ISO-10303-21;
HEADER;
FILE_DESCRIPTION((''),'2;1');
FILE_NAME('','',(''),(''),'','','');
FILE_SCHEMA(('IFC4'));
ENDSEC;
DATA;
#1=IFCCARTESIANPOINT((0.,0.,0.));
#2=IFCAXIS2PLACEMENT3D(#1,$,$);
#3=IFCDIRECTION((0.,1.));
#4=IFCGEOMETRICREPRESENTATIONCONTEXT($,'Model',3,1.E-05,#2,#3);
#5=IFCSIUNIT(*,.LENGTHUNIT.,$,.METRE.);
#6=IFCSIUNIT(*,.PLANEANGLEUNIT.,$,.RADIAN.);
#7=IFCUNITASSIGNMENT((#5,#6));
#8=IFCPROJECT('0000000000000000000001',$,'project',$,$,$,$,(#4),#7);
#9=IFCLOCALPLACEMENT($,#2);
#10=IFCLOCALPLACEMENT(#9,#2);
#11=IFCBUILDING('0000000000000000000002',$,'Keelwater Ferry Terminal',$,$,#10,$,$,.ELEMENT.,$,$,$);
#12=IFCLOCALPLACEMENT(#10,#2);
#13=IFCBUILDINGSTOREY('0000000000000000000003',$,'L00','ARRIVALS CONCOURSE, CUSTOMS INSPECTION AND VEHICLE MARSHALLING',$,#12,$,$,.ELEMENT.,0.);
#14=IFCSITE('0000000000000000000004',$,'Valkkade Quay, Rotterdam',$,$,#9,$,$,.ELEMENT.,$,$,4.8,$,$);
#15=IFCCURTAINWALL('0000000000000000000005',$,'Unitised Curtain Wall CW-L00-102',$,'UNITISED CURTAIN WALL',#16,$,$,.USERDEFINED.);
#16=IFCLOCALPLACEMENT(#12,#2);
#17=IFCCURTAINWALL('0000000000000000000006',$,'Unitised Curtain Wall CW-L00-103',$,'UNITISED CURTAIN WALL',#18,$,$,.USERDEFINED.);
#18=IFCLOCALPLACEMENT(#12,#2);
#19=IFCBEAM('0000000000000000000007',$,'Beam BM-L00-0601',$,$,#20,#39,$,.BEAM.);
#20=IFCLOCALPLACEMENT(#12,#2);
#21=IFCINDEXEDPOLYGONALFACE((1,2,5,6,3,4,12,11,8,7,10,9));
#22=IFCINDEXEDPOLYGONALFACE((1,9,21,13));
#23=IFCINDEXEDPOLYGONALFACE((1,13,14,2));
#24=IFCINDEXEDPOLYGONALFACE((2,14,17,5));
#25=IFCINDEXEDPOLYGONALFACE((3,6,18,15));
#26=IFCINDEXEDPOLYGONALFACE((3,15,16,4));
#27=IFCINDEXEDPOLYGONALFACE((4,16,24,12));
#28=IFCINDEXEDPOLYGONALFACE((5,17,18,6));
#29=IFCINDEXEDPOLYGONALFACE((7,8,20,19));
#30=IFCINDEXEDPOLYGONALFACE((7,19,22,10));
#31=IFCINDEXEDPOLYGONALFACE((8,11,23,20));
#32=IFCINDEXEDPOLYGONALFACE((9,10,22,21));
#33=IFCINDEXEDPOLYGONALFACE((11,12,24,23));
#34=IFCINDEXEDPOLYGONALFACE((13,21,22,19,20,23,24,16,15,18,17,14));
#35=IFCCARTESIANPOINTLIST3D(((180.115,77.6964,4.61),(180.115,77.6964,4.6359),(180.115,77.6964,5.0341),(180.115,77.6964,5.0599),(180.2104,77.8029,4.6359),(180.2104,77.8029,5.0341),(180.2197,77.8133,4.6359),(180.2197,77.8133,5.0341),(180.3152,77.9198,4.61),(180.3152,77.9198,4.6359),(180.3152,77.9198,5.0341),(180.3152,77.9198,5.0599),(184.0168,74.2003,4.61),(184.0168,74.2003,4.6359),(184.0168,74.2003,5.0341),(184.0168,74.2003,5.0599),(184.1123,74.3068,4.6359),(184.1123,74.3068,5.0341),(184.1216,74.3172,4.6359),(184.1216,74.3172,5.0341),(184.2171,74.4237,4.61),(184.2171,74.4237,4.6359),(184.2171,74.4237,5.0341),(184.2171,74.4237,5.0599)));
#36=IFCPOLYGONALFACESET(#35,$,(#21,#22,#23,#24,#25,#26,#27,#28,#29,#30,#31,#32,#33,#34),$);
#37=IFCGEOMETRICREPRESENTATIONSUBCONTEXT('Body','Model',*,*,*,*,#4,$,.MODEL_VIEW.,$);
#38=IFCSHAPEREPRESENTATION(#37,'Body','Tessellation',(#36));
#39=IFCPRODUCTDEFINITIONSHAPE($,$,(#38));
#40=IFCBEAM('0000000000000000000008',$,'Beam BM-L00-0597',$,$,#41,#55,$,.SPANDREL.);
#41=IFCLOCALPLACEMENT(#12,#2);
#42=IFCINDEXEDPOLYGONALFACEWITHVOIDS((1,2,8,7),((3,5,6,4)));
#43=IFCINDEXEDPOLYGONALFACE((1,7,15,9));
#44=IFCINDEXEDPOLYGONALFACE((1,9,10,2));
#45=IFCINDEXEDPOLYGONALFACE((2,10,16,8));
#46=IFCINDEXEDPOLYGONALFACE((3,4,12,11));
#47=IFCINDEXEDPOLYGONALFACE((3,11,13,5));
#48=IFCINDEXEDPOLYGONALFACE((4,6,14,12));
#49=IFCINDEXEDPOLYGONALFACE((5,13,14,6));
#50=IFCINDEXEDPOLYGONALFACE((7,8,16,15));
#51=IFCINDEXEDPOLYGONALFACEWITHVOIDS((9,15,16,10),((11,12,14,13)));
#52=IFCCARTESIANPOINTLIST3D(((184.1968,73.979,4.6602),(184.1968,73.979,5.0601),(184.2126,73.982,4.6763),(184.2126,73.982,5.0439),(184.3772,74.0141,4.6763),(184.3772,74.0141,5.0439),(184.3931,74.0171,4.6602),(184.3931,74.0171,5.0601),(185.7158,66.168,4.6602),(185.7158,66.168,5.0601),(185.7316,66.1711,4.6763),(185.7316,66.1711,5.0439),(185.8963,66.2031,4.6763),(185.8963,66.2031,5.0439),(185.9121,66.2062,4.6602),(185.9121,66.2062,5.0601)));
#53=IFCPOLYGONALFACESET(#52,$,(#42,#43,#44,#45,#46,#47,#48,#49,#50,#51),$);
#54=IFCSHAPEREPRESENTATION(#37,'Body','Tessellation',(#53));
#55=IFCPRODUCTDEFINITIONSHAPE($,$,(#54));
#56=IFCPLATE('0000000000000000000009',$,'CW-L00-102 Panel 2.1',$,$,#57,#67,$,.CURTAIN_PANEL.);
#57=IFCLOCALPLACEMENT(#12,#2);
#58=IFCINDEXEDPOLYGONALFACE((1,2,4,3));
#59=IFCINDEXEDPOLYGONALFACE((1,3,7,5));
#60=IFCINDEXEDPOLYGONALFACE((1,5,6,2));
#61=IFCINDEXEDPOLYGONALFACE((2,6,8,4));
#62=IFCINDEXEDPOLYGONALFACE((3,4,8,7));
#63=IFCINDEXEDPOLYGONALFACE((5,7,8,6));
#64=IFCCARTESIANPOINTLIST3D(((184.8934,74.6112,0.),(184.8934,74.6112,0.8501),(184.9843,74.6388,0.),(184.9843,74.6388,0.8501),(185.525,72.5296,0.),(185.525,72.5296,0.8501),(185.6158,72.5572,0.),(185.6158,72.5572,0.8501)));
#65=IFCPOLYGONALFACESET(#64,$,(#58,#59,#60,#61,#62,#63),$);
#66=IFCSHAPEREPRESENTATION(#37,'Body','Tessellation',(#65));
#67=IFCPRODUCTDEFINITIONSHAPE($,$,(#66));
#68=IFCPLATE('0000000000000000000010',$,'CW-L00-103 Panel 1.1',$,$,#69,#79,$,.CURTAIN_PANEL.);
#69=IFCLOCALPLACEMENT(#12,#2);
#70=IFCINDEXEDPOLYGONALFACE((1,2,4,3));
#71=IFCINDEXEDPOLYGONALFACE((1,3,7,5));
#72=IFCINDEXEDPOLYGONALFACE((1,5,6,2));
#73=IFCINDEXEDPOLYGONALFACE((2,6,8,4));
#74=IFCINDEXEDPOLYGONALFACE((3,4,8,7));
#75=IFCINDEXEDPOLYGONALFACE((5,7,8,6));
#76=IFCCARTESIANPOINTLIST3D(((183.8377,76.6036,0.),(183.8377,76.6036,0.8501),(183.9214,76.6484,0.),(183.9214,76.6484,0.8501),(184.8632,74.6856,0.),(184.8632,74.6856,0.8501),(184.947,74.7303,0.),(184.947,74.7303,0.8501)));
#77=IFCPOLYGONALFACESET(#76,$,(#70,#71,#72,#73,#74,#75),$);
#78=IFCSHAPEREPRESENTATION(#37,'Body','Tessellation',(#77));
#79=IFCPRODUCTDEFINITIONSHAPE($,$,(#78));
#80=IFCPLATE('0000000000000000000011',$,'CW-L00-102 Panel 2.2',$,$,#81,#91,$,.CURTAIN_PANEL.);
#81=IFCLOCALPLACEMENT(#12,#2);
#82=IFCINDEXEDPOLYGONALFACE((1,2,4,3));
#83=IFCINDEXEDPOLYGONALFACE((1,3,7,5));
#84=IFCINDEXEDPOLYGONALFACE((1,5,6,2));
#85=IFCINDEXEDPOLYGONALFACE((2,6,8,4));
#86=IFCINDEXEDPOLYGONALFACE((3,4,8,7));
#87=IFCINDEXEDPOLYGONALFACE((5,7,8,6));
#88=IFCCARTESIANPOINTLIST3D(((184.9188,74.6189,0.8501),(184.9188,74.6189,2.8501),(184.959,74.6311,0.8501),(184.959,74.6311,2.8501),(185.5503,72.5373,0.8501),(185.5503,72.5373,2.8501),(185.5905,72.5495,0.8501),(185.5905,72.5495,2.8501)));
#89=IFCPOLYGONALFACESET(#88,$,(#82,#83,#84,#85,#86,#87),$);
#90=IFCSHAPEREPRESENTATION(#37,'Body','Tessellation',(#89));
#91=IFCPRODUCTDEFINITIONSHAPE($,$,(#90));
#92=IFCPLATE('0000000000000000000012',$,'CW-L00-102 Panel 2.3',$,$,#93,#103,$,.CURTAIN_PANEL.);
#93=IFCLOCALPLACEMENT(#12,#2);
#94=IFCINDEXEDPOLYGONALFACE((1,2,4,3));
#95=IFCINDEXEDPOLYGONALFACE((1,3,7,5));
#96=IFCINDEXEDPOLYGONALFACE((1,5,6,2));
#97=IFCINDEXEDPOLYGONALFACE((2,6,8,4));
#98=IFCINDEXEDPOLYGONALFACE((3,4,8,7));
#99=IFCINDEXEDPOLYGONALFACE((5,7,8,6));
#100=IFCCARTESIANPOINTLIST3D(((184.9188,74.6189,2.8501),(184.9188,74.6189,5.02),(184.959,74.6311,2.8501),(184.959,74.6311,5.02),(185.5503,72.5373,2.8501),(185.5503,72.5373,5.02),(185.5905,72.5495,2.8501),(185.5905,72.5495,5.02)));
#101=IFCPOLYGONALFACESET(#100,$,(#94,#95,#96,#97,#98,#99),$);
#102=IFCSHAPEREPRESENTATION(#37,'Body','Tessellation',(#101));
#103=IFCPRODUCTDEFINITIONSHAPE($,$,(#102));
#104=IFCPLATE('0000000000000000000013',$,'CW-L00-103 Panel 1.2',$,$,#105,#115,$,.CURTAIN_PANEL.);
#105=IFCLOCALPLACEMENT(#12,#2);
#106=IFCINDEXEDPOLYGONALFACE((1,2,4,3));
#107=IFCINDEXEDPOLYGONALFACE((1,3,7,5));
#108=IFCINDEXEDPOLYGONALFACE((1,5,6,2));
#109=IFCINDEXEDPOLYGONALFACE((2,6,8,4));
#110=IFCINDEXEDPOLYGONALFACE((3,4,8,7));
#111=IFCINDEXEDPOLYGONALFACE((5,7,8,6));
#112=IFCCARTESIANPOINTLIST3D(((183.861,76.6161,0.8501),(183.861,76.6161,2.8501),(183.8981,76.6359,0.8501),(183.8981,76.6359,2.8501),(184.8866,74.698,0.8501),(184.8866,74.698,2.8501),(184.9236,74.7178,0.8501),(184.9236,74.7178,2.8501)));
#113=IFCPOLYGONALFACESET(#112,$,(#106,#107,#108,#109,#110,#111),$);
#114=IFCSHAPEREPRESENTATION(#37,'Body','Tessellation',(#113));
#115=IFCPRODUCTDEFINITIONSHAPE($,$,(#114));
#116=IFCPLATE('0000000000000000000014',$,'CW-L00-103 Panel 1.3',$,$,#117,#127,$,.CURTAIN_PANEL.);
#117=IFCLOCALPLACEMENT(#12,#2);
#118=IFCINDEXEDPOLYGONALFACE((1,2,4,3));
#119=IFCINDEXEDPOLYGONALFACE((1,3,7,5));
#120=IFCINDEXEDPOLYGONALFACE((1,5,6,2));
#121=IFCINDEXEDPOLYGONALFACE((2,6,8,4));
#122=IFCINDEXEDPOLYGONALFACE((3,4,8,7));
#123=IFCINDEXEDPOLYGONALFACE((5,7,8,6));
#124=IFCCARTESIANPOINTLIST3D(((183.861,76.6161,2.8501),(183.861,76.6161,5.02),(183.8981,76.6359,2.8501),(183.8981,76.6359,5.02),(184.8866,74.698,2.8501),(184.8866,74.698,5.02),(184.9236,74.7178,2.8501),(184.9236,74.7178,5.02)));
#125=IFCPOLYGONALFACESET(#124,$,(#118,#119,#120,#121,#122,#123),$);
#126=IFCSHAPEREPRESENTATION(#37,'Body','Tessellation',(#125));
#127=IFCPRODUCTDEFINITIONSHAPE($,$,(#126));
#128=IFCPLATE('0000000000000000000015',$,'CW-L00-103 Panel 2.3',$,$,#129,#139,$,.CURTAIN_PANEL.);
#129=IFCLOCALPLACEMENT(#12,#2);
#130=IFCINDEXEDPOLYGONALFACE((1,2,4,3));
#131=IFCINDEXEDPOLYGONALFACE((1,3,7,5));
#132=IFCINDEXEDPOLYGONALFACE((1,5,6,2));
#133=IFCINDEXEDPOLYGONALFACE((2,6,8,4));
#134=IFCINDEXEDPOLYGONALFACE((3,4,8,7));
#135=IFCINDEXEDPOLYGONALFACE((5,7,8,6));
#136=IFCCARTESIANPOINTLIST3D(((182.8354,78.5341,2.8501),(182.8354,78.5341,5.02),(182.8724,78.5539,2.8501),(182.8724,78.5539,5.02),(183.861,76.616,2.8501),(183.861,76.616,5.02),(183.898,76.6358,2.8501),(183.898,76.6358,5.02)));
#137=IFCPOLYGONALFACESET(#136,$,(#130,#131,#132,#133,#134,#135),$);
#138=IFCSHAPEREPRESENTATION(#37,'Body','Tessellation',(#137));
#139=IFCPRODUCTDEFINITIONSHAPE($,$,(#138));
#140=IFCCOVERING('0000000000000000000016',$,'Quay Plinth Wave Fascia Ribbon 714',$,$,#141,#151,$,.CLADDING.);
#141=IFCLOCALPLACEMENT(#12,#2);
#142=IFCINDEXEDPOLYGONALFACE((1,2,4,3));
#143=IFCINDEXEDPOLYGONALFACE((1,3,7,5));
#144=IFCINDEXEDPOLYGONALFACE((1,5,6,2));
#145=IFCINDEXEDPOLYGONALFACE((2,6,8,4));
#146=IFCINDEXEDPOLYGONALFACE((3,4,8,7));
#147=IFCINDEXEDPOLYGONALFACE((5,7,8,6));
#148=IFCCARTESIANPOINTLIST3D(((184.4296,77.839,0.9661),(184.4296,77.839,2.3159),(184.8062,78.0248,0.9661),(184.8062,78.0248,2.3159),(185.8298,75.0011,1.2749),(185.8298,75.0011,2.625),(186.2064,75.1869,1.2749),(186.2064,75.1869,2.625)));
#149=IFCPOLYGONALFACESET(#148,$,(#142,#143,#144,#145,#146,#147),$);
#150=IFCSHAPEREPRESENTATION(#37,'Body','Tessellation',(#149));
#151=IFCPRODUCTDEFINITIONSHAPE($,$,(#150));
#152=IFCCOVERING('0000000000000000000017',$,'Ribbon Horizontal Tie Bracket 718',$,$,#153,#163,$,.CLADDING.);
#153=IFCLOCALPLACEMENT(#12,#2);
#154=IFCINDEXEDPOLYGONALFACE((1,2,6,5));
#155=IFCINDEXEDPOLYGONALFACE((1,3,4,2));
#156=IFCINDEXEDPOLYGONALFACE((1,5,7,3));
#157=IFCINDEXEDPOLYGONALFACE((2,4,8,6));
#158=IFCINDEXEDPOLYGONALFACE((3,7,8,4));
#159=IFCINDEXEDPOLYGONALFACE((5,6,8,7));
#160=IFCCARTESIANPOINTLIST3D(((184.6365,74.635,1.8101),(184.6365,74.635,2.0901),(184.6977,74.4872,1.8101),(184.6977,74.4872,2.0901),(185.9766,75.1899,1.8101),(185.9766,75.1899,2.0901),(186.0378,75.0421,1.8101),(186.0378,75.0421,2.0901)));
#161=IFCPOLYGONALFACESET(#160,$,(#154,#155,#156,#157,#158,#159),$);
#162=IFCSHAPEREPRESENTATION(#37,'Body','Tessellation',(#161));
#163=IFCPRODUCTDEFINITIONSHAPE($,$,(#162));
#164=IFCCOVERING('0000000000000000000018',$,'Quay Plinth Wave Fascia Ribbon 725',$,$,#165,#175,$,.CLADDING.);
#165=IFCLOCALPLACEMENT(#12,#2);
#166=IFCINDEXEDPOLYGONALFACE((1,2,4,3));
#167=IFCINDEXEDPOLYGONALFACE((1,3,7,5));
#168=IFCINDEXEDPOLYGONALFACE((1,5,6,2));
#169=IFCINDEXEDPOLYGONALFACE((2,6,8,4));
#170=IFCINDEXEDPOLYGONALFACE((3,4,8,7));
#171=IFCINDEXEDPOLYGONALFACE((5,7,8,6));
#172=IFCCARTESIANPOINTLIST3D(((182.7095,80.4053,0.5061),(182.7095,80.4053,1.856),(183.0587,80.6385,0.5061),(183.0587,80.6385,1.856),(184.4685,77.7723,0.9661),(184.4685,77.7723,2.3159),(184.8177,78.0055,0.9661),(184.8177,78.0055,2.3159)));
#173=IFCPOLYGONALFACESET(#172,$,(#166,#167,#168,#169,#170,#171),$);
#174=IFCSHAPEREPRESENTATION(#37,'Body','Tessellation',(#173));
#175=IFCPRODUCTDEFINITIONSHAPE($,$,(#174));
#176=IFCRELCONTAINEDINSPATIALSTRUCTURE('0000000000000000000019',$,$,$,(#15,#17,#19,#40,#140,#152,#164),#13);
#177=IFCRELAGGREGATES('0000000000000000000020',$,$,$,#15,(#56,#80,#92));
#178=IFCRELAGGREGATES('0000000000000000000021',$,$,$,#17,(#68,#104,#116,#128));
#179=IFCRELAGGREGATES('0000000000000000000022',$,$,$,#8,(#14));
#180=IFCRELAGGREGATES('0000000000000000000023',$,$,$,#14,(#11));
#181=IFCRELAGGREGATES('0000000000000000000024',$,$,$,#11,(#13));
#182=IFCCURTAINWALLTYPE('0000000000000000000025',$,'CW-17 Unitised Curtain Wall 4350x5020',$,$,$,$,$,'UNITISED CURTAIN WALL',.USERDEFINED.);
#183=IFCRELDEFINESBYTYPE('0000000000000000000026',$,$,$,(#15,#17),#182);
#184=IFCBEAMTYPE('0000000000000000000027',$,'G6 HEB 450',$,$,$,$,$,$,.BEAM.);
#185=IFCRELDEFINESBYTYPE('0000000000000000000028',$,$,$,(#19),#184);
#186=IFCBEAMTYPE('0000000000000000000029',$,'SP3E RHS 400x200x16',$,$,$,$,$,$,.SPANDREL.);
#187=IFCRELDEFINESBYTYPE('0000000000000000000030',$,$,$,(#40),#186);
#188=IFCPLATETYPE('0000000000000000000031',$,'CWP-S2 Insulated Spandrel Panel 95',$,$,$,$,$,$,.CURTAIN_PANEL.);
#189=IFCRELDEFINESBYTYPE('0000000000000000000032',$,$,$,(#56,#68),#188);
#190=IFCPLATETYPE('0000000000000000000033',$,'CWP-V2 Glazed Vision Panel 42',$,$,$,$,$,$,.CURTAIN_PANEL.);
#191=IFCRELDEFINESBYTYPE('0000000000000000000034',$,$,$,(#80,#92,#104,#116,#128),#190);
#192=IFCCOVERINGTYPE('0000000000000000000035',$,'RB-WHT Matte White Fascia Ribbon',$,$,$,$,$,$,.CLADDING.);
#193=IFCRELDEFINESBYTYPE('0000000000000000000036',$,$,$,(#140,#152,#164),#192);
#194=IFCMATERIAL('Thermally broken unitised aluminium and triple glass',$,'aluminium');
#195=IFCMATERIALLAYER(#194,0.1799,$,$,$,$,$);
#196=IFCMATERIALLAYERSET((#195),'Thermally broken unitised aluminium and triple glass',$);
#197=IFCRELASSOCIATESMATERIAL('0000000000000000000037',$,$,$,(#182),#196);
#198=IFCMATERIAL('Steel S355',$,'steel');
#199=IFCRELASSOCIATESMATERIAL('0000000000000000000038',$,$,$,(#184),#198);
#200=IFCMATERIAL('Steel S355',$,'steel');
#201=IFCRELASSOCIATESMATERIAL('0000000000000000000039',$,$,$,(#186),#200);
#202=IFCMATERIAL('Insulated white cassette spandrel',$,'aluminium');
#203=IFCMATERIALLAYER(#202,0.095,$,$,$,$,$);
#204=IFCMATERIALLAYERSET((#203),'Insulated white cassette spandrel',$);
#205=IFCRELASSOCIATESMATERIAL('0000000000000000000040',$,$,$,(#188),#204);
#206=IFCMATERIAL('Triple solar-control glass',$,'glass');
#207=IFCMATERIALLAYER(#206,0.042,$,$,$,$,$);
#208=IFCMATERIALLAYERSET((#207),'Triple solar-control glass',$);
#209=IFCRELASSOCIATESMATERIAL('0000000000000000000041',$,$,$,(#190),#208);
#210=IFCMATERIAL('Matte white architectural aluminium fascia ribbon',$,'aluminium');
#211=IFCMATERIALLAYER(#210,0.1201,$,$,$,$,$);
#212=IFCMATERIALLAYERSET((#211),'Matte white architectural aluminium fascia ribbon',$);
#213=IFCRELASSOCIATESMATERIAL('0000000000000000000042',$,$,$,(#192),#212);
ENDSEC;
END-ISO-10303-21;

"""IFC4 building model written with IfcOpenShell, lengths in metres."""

from ifc_helpers import new_model, si_unit, direction, frame, frame_2d, origin, origin_2d, place, context, subcontext, project, spatial, polyline, rectangle, hollow_rectangle, i_section, outline, extrude, material, layer, layer_set, material_profile, profile_set, type_object, element, aggregate, save


model = new_model("IFC4")

# Units and contexts
model_context = context("Model", 3, precision=1e-05, world=origin(), true_north=direction((0.0, 1.0)))
body_context = subcontext(model_context, "Body", "Model", "MODEL_VIEW")
ifc_project = project(units=[si_unit("LENGTHUNIT", "METRE"), si_unit("PLANEANGLEUNIT", "RADIAN")], contexts=[model_context])

# Site, building, storey
site_placement = place(None, origin())
site = spatial("IfcSite", under=ifc_project, at=site_placement, Name="Valkkade Quay, Rotterdam", CompositionType="ELEMENT", RefElevation=4.8)
building_placement = place(site_placement, origin())
building = spatial("IfcBuilding", under=site, at=building_placement, Name="Keelwater Ferry Terminal", CompositionType="ELEMENT")
storey_placement = place(building_placement, origin())
storey = spatial("IfcBuildingStorey", under=building, at=storey_placement, Name="L00", Description="ARRIVALS CONCOURSE, CUSTOMS INSPECTION AND VEHICLE MARSHALLING", CompositionType="ELEMENT", Elevation=0.0)

# Curtain walls
ifc_material_1 = material(Name="Thermally broken unitised aluminium and triple glass", Category="aluminium")
ifc_layer_1 = layer(ifc_material_1, 0.1799)
ifc_layer_set_1 = layer_set([ifc_layer_1], Name="Thermally broken unitised aluminium and triple glass")
curtain_wall_type = type_object("IfcCurtainWallType", Name="CW-17 Unitised Curtain Wall 4350x5020", ElementType="UNITISED CURTAIN WALL", PredefinedType="USERDEFINED", material=ifc_layer_set_1)
curtain_wall_1_placement = place(storey_placement, origin())
curtain_wall_1 = element("IfcCurtainWall", 1, at=curtain_wall_1_placement, inside=storey, type_object=curtain_wall_type, Name="Unitised Curtain Wall CW-L00-102", ObjectType="UNITISED CURTAIN WALL", PredefinedType="USERDEFINED")
curtain_wall_2_placement = place(storey_placement, origin())
curtain_wall_2 = element("IfcCurtainWall", 2, at=curtain_wall_2_placement, inside=storey, type_object=curtain_wall_type, Name="Unitised Curtain Wall CW-L00-103", ObjectType="UNITISED CURTAIN WALL", PredefinedType="USERDEFINED")

# Beams
ifc_material_2 = material(Name="Steel S355", Category="steel")
ifc_material_profile_1 = material_profile(ifc_material_2, i_section(OverallWidth=0.3, OverallDepth=0.45, WebThickness=0.0139, FlangeThickness=0.0259, at=origin_2d()), Name="HEB 450")
ifc_profile_set_1 = profile_set([ifc_material_profile_1], Name="Steel S355")
beam_type_1 = type_object("IfcBeamType", Name="G6 HEB 450", PredefinedType="BEAM", material=ifc_profile_set_1)
beam_1_placement = place(storey_placement, frame((184.1169, 74.312, 4.835), z_axis=(-0.744771, 0.66732, 0.0), x_axis=(-0.66732, -0.744771, 0.0)))
element("IfcBeam", 3, at=beam_1_placement, inside=storey, type_object=beam_type_1, Name="Beam BM-L00-0601", PredefinedType="BEAM", context=body_context, shape_type="SweptSolid", body=[
    extrude(i_section(OverallWidth=0.3, OverallDepth=0.45, WebThickness=0.0139, FlangeThickness=0.0259, at=origin_2d()), origin(), (0.0, 0.0, 1.0), 5.239),
])
ifc_material_3 = material(Name="Steel S355", Category="steel")
ifc_material_profile_2 = material_profile(ifc_material_3, hollow_rectangle(XDim=0.2, YDim=0.3999, WallThickness=0.0161, at=origin_2d()), Name="RHS 400x200x16")
ifc_profile_set_2 = profile_set([ifc_material_profile_2], Name="Steel S355")
beam_type_2 = type_object("IfcBeamType", Name="SP3E RHS 400x200x16", PredefinedType="SPANDREL", material=ifc_profile_set_2)
beam_2_placement = place(storey_placement, frame((184.2949, 73.998, 4.8601), z_axis=(0.190898, -0.98161, 0.0), x_axis=(0.98161, 0.190898, 0.0)))
element("IfcBeam", 4, at=beam_2_placement, inside=storey, type_object=beam_type_2, Name="Beam BM-L00-0597", PredefinedType="SPANDREL", context=body_context, shape_type="SweptSolid", body=[
    extrude(hollow_rectangle(XDim=0.2, YDim=0.3999, WallThickness=0.0161, at=origin_2d()), origin(), (0.0, 0.0, 1.0), 7.9573),
])

# Plates
ifc_material_4 = material(Name="Insulated white cassette spandrel", Category="aluminium")
ifc_layer_2 = layer(ifc_material_4, 0.095)
ifc_layer_set_2 = layer_set([ifc_layer_2], Name="Insulated white cassette spandrel")
plate_type_1 = type_object("IfcPlateType", Name="CWP-S2 Insulated Spandrel Panel 95", PredefinedType="CURTAIN_PANEL", material=ifc_layer_set_2)
plate_1_placement = place(storey_placement, frame((185.2546, 73.5842, 0.0), z_axis=(0.0, 0.0, 1.0), x_axis=(-0.29032, 0.95693, 0.0)))
plate_1 = element("IfcPlate", 5, at=plate_1_placement, type_object=plate_type_1, Name="CW-L00-102 Panel 2.1", PredefinedType="CURTAIN_PANEL", context=body_context, shape_type="SweptSolid", body=[
    extrude(rectangle(XDim=2.1753, YDim=0.095, at=origin_2d()), origin(), (0.0, 0.0, 1.0), 0.8501),
])
plate_2_placement = place(storey_placement, frame((184.3923, 75.667, 0.0), z_axis=(0.0, 0.0, 1.0), x_axis=(-0.471507, 0.881862, 0.0)))
plate_2 = element("IfcPlate", 6, at=plate_2_placement, type_object=plate_type_1, Name="CW-L00-103 Panel 1.1", PredefinedType="CURTAIN_PANEL", context=body_context, shape_type="SweptSolid", body=[
    extrude(rectangle(XDim=2.175, YDim=0.095, at=origin_2d()), origin(), (0.0, 0.0, 1.0), 0.8501),
])
ifc_material_5 = material(Name="Triple solar-control glass", Category="glass")
ifc_layer_3 = layer(ifc_material_5, 0.042)
ifc_layer_set_3 = layer_set([ifc_layer_3], Name="Triple solar-control glass")
plate_type_2 = type_object("IfcPlateType", Name="CWP-V2 Glazed Vision Panel 42", PredefinedType="CURTAIN_PANEL", material=ifc_layer_set_3)
plate_3_placement = place(storey_placement, frame((185.2546, 73.5842, 0.8501), z_axis=(0.0, 0.0, 1.0), x_axis=(-0.29032, 0.95693, 0.0)))
plate_3 = element("IfcPlate", 7, at=plate_3_placement, type_object=plate_type_2, Name="CW-L00-102 Panel 2.2", PredefinedType="CURTAIN_PANEL", context=body_context, shape_type="SweptSolid", body=[
    extrude(rectangle(XDim=2.1753, YDim=0.042, at=origin_2d()), origin(), (0.0, 0.0, 1.0), 2.0),
])
plate_4_placement = place(storey_placement, frame((185.2546, 73.5842, 2.8501), z_axis=(0.0, 0.0, 1.0), x_axis=(-0.29032, 0.95693, 0.0)))
plate_4 = element("IfcPlate", 8, at=plate_4_placement, type_object=plate_type_2, Name="CW-L00-102 Panel 2.3", PredefinedType="CURTAIN_PANEL", context=body_context, shape_type="SweptSolid", body=[
    extrude(rectangle(XDim=2.1753, YDim=0.042, at=origin_2d()), origin(), (0.0, 0.0, 1.0), 2.1699),
])
aggregate(curtain_wall_1, [plate_1, plate_3, plate_4])
plate_5_placement = place(storey_placement, frame((184.3923, 75.667, 0.8501), z_axis=(0.0, 0.0, 1.0), x_axis=(-0.471507, 0.881862, 0.0)))
plate_5 = element("IfcPlate", 9, at=plate_5_placement, type_object=plate_type_2, Name="CW-L00-103 Panel 1.2", PredefinedType="CURTAIN_PANEL", context=body_context, shape_type="SweptSolid", body=[
    extrude(rectangle(XDim=2.175, YDim=0.042, at=origin_2d()), origin(), (0.0, 0.0, 1.0), 2.0),
])
plate_6_placement = place(storey_placement, frame((184.3923, 75.667, 2.8501), z_axis=(0.0, 0.0, 1.0), x_axis=(-0.471507, 0.881862, 0.0)))
plate_6 = element("IfcPlate", 10, at=plate_6_placement, type_object=plate_type_2, Name="CW-L00-103 Panel 1.3", PredefinedType="CURTAIN_PANEL", context=body_context, shape_type="SweptSolid", body=[
    extrude(rectangle(XDim=2.175, YDim=0.042, at=origin_2d()), origin(), (0.0, 0.0, 1.0), 2.1699),
])
plate_7_placement = place(storey_placement, frame((183.3667, 77.585, 2.8501), z_axis=(0.0, 0.0, 1.0), x_axis=(-0.471507, 0.881862, 0.0)))
plate_7 = element("IfcPlate", 11, at=plate_7_placement, type_object=plate_type_2, Name="CW-L00-103 Panel 2.3", PredefinedType="CURTAIN_PANEL", context=body_context, shape_type="SweptSolid", body=[
    extrude(rectangle(XDim=2.175, YDim=0.042, at=origin_2d()), origin(), (0.0, 0.0, 1.0), 2.1699),
])
aggregate(curtain_wall_2, [plate_2, plate_5, plate_6, plate_7])

# Coverings
ifc_material_6 = material(Name="Matte white architectural aluminium fascia ribbon", Category="aluminium")
ifc_layer_4 = layer(ifc_material_6, 0.1201)
ifc_layer_set_4 = layer_set([ifc_layer_4], Name="Matte white architectural aluminium fascia ribbon")
covering_type = type_object("IfcCoveringType", Name="RB-WHT Matte White Fascia Ribbon", PredefinedType="CLADDING", material=ifc_layer_set_4)
covering_1_placement = place(storey_placement, frame((186.0181, 75.094, 0.9661), z_axis=(0.0, 0.0, 1.0), x_axis=(-0.442455, 0.896791, 0.0)))
element("IfcCovering", 12, at=covering_1_placement, inside=storey, type_object=covering_type, Name="Quay Plinth Wave Fascia Ribbon 714", PredefinedType="CLADDING", context=body_context, shape_type="SweptSolid", body=[
    extrude(outline(polyline([(0.0, 0.3088), (3.1646, 0.0), (3.1646, 1.3499), (0.0, 1.6589), (0.0, 0.3088)])), frame((0.0, 0.21, 0.0), z_axis=(0.0, -1.0, 0.0), x_axis=(1.0, 0.0, 0.0)), (0.0, 0.0, 1.0), 0.4199),
])
covering_2_placement = place(storey_placement, frame((186.0071, 75.116, 1.8101), z_axis=(0.0, 0.0, 1.0), x_axis=(-0.923916, -0.382595, 0.0)))
element("IfcCovering", 13, at=covering_2_placement, inside=storey, type_object=covering_type, Name="Ribbon Horizontal Tie Bracket 718", PredefinedType="CLADDING", context=body_context, shape_type="SweptSolid", body=[
    extrude(rectangle(XDim=1.4504, YDim=0.1599, at=frame_2d((0.7251, 0.0))), origin(), (0.0, 0.0, 1.0), 0.28),
])
covering_3_placement = place(storey_placement, frame((184.6431, 77.8889, 0.5061), z_axis=(0.0, 0.0, 1.0), x_axis=(-0.555501, 0.831516, 0.0)))
element("IfcCovering", 14, at=covering_3_placement, inside=storey, type_object=covering_type, Name="Quay Plinth Wave Fascia Ribbon 725", PredefinedType="CLADDING", context=body_context, shape_type="SweptSolid", body=[
    extrude(outline(polyline([(0.0, 0.46), (3.1665, 0.0), (3.1665, 1.3499), (0.0, 1.8098), (0.0, 0.46)])), frame((0.0, 0.21, 0.0), z_axis=(0.0, -1.0, 0.0), x_axis=(1.0, 0.0, 0.0)), (0.0, 0.0, 1.0), 0.4199),
])

save(model, "model.ifc")
